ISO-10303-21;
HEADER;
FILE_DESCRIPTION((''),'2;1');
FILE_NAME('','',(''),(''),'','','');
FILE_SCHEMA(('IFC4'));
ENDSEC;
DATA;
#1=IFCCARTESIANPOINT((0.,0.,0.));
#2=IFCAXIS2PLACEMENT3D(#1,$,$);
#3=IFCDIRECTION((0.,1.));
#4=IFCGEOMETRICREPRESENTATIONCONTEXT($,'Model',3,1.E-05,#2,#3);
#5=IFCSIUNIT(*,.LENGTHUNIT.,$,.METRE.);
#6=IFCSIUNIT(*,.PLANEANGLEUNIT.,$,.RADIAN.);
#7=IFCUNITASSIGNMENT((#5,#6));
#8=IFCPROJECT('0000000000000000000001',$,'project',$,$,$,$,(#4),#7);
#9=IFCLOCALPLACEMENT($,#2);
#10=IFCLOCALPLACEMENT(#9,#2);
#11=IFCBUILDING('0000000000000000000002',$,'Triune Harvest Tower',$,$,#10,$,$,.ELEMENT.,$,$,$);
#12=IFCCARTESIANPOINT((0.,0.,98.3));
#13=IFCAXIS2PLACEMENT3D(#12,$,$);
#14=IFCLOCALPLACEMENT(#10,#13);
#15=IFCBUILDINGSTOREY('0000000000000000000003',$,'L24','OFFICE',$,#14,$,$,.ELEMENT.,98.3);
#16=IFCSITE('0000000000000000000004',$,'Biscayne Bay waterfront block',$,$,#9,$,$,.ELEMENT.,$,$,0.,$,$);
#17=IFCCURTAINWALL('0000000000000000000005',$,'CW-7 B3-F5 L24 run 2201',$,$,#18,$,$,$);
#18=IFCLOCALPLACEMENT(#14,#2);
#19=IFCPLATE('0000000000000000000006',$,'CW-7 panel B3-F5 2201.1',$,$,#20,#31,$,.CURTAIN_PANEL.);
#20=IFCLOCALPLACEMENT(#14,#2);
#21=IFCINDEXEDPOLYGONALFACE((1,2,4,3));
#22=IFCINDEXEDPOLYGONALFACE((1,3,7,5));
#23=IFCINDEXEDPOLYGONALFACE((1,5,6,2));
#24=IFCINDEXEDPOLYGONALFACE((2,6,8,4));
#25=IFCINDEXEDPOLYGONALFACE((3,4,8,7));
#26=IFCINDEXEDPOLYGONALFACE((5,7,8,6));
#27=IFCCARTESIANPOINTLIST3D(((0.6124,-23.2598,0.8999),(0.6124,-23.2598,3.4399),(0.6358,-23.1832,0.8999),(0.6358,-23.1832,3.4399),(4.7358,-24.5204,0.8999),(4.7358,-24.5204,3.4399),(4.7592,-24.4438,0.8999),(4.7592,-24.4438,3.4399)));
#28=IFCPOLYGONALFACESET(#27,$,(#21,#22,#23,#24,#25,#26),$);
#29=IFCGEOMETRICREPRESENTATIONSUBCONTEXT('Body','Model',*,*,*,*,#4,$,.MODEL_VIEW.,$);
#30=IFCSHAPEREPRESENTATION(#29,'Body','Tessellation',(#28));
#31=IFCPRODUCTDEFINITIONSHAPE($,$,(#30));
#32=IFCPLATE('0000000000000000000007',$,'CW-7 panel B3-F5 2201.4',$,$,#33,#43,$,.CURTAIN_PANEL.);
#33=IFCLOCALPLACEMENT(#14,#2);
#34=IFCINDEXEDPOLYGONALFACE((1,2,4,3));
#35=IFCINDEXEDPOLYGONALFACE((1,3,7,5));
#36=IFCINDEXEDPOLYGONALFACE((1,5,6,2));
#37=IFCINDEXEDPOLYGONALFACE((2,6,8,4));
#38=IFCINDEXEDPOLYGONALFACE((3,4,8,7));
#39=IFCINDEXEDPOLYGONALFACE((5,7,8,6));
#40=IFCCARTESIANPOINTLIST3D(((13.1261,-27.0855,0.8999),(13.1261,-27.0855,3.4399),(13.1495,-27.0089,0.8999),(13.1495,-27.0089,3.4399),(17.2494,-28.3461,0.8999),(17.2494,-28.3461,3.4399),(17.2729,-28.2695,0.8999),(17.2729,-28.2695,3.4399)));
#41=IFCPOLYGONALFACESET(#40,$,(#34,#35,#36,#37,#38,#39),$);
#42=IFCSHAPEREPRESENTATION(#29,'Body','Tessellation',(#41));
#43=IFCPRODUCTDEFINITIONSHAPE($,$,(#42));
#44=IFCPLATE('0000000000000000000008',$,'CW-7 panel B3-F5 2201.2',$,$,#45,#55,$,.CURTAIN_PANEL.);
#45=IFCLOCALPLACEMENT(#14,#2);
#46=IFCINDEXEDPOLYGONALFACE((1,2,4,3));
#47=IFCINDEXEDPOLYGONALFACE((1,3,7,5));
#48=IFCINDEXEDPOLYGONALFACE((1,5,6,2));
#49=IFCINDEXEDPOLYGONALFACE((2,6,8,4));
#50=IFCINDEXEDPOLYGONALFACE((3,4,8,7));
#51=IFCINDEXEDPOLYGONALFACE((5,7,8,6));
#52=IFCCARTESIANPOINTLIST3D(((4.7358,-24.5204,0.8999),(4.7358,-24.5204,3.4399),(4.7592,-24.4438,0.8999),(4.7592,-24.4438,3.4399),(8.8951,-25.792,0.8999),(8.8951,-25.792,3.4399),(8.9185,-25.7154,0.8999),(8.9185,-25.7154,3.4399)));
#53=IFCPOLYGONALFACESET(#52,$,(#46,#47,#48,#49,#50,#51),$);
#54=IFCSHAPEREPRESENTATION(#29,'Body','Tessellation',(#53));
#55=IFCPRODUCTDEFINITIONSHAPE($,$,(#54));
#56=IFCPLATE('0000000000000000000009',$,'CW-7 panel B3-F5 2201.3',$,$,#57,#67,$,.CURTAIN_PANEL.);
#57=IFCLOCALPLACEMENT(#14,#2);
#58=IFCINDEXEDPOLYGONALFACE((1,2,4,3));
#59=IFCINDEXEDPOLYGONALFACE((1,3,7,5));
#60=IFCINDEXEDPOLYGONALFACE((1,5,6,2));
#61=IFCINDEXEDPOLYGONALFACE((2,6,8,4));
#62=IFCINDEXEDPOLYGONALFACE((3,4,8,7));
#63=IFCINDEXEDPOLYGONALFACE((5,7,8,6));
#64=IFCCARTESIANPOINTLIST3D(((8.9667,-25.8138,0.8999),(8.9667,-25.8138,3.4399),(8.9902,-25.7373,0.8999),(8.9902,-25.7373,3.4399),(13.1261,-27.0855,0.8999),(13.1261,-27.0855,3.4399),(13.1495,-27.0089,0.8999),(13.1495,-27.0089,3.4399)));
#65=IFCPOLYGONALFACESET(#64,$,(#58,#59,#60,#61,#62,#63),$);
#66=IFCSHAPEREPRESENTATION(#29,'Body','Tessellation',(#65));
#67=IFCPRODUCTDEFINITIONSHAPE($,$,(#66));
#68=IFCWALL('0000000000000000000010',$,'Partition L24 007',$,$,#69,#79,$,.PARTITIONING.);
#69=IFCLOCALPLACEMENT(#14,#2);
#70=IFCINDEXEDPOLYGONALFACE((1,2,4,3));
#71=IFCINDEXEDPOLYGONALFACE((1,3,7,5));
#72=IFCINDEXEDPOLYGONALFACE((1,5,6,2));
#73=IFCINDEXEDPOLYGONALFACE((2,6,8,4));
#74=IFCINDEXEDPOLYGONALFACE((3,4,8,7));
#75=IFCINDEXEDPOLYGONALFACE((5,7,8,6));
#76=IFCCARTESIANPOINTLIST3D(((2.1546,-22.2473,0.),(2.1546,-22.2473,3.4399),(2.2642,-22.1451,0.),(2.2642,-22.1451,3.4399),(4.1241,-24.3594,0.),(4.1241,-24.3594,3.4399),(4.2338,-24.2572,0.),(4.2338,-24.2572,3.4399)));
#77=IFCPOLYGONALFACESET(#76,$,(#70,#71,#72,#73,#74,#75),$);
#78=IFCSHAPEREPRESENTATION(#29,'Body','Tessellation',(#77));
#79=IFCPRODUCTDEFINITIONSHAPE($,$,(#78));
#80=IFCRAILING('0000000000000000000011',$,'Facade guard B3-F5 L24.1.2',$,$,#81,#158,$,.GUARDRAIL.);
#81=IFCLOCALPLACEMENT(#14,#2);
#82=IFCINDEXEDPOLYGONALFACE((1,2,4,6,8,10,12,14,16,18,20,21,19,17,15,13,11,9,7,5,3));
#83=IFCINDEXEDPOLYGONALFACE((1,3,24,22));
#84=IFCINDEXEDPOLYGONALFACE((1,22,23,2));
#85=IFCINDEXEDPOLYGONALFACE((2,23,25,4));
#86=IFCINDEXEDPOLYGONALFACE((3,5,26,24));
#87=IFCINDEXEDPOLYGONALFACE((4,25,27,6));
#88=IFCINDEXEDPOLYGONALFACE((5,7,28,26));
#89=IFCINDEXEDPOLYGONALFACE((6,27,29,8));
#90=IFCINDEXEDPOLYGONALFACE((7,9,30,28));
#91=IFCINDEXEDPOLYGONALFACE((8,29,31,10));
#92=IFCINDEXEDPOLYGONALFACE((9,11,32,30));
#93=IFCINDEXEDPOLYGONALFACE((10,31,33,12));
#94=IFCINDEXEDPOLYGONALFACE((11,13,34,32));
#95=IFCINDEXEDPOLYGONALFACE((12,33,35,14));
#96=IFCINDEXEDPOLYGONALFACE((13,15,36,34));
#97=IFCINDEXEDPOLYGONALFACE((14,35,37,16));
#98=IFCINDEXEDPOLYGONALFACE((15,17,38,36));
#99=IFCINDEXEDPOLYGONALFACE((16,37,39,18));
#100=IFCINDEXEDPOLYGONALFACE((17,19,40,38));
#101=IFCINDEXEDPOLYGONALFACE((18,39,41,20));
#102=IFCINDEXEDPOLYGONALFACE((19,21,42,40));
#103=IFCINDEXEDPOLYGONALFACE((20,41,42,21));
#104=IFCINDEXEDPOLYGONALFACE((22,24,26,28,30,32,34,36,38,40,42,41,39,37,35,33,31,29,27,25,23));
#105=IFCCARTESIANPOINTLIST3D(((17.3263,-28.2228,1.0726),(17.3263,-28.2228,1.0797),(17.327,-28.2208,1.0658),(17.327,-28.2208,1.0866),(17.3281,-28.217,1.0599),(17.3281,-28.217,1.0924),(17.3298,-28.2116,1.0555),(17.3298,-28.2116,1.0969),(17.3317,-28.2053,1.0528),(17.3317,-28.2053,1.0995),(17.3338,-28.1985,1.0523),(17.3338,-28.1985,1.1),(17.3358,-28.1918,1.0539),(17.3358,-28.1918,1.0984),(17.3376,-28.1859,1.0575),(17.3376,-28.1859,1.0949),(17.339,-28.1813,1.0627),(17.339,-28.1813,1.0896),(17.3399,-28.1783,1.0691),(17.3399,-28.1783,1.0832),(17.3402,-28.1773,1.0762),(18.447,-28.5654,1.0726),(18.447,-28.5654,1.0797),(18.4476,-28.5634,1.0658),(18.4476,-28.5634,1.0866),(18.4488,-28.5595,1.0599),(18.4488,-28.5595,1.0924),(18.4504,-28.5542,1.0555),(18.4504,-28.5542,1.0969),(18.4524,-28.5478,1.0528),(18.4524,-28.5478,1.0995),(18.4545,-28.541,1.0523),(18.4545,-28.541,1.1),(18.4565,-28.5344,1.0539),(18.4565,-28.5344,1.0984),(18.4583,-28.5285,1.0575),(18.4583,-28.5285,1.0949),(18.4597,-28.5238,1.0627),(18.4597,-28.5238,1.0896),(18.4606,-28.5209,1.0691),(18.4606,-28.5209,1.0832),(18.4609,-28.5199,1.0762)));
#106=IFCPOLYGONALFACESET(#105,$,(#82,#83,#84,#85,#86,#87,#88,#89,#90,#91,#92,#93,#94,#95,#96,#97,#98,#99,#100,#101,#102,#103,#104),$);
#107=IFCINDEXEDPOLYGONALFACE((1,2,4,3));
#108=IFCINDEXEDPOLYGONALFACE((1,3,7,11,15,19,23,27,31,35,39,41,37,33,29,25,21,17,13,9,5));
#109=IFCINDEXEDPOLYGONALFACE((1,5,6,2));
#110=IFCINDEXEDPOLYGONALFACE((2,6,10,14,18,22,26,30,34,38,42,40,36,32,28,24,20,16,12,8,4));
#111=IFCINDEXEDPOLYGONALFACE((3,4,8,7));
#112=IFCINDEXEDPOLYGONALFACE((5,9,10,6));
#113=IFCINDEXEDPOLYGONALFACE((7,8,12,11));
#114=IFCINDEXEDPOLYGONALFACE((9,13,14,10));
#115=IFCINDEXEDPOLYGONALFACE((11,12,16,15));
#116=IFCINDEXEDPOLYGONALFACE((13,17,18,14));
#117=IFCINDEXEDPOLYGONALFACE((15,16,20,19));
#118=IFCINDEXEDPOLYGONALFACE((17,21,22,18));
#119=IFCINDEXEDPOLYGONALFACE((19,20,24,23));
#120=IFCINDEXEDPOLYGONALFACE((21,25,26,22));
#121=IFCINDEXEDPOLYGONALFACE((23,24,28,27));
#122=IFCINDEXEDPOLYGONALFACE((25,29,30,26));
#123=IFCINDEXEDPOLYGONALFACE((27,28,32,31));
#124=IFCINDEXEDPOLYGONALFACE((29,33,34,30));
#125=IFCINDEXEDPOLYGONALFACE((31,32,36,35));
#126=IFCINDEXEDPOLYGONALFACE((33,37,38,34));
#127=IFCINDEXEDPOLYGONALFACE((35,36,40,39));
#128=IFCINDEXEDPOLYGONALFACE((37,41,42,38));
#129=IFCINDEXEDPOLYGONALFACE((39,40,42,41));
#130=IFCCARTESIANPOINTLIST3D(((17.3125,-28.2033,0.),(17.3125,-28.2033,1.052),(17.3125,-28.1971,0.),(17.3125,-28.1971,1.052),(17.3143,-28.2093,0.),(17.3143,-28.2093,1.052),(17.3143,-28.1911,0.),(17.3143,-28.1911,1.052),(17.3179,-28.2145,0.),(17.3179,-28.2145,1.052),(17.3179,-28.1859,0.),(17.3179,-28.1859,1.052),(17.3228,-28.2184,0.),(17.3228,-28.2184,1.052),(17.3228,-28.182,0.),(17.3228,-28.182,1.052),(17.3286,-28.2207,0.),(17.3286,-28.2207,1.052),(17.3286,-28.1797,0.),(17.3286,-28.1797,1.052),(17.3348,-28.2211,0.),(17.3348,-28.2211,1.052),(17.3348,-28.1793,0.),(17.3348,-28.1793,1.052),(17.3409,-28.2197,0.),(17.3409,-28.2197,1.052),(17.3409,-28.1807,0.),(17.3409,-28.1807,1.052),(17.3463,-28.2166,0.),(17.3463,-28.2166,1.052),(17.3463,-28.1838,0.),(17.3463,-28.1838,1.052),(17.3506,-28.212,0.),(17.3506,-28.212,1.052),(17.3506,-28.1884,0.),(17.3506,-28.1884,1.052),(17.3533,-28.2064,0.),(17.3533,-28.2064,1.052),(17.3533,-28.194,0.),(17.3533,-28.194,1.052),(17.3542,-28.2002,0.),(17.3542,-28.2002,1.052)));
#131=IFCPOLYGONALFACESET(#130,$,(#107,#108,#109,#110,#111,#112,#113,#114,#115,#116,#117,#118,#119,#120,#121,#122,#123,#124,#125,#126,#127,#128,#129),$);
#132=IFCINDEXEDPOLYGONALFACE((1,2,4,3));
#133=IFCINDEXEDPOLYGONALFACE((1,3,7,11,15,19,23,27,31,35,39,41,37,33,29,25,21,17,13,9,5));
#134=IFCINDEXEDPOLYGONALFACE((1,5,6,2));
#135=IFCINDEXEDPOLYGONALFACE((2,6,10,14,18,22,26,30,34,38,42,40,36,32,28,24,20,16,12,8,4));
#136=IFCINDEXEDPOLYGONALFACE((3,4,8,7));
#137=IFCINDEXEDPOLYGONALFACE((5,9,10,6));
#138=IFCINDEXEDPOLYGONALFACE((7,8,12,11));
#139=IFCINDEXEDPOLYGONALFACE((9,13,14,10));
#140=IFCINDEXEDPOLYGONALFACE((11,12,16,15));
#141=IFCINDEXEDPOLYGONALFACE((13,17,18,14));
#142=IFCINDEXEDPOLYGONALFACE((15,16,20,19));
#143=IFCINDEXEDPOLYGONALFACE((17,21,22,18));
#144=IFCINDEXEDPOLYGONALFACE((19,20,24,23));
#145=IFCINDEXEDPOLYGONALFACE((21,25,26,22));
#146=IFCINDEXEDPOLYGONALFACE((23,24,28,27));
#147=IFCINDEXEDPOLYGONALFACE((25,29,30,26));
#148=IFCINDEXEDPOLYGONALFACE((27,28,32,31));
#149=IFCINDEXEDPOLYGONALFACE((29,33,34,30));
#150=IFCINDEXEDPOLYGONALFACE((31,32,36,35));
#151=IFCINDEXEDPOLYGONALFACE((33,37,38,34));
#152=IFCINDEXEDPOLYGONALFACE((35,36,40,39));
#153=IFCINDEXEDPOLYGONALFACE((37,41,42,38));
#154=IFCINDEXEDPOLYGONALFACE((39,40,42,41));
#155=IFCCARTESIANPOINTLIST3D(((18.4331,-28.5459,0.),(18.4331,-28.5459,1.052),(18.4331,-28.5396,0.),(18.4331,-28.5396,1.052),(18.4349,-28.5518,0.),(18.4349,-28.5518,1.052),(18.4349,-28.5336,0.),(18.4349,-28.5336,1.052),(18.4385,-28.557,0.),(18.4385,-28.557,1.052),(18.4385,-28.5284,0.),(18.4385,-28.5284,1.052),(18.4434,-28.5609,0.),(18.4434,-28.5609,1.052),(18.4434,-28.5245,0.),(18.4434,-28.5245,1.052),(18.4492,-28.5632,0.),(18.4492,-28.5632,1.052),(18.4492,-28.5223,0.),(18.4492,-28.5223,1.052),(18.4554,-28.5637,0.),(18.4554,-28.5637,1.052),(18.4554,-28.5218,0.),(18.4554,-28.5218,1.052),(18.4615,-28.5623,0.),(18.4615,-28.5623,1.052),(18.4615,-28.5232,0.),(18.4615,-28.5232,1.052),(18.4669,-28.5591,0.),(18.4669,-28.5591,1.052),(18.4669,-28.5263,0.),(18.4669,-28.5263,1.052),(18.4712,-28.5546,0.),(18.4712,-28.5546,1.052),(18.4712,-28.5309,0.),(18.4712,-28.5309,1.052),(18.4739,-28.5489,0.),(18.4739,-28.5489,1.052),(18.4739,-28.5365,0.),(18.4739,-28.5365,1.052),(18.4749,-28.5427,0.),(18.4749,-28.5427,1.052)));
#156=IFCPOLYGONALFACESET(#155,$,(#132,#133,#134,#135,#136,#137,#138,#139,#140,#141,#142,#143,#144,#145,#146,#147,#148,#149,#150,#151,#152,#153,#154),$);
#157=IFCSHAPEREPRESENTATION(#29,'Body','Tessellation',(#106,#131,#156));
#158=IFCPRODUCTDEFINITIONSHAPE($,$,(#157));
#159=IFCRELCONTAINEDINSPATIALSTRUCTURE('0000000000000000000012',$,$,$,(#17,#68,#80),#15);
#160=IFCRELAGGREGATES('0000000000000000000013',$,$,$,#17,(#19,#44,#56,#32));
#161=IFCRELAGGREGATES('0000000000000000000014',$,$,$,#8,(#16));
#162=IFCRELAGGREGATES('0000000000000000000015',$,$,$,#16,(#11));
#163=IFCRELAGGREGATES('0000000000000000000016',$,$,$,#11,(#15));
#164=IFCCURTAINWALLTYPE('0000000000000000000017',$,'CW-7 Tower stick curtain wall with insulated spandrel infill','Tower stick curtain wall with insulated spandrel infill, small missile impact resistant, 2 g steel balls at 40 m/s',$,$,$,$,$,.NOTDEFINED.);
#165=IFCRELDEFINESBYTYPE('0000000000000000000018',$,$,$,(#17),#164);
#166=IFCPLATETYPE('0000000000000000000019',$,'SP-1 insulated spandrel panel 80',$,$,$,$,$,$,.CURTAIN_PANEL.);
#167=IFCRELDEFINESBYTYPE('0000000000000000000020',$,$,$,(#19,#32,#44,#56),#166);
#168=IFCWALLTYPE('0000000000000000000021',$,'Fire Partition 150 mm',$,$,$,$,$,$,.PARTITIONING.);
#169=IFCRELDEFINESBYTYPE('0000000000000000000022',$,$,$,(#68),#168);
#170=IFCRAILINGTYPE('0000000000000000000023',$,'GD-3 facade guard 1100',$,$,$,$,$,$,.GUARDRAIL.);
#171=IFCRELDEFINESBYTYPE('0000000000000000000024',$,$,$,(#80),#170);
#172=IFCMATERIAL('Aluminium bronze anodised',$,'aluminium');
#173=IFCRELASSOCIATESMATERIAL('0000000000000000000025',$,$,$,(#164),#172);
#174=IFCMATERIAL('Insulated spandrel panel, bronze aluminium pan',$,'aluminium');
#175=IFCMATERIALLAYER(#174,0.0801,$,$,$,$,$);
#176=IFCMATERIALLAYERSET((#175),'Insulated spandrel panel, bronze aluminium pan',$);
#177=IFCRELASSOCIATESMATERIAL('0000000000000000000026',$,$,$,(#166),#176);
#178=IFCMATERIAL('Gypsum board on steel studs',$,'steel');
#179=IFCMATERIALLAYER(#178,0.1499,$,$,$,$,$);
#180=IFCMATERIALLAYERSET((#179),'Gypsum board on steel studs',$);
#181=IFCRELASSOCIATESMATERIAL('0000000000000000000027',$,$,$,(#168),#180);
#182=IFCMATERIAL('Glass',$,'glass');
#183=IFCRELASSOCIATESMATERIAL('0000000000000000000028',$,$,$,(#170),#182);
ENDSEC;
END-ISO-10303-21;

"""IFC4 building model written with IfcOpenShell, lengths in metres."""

from ifc_helpers import new_model, si_unit, direction, frame, frame_2d, origin, origin_2d, place, context, subcontext, project, spatial, rectangle, circle, extrude, source, transform, mapped, material, layer, layer_set, type_object, element, aggregate, save


model = new_model("IFC4")

# Units and contexts
model_context = context("Model", 3, precision=1e-05, world=origin(), true_north=direction((0.0, 1.0)))
body_context = subcontext(model_context, "Body", "Model", "MODEL_VIEW")
ifc_project = project(units=[si_unit("LENGTHUNIT", "METRE"), si_unit("PLANEANGLEUNIT", "RADIAN")], contexts=[model_context])

# Site, building, storey
site_placement = place(None, origin())
site = spatial("IfcSite", under=ifc_project, at=site_placement, Name="Biscayne Bay waterfront block", CompositionType="ELEMENT", RefElevation=0.0)
building_placement = place(site_placement, origin())
building = spatial("IfcBuilding", under=site, at=building_placement, Name="Triune Harvest Tower", CompositionType="ELEMENT")
storey_placement = place(building_placement, frame((0.0, 0.0, 98.3)))
storey = spatial("IfcBuildingStorey", under=building, at=storey_placement, Name="L24", Description="OFFICE", CompositionType="ELEMENT", Elevation=98.3)

# Curtain wall
ifc_material_1 = material(Name="Aluminium bronze anodised", Category="aluminium")
curtain_wall_type_1 = type_object("IfcCurtainWallType", Name="CW-7 Tower stick curtain wall with insulated spandrel infill", Description="Tower stick curtain wall with insulated spandrel infill, small missile impact resistant, 2 g steel balls at 40 m/s", PredefinedType="NOTDEFINED", material=ifc_material_1)
curtain_wall_1_placement = place(storey_placement, origin())
curtain_wall_1 = element("IfcCurtainWall", 1, at=curtain_wall_1_placement, inside=storey, type_object=curtain_wall_type_1, Name="CW-7 B3-F5 L24 run 2201")

# Plates
ifc_material_2 = material(Name="Insulated spandrel panel, bronze aluminium pan", Category="aluminium")
ifc_layer_1 = layer(ifc_material_2, 0.0801)
ifc_layer_set_1 = layer_set([ifc_layer_1], Name="Insulated spandrel panel, bronze aluminium pan")
plate_type = type_object("IfcPlateType", Name="SP-1 insulated spandrel panel 80", PredefinedType="CURTAIN_PANEL", material=ifc_layer_set_1)
shared_shape_1 = source(origin(), body_context, "Body", "SweptSolid", [
    extrude(rectangle(XDim=4.3118, YDim=0.0801, at=origin_2d()), origin(), (0.0, 0.0, 1.0), 2.54),
])
plate_1_placement = place(storey_placement, frame((2.6858, -23.8518, 0.8999), z_axis=(0.0, 0.0, 1.0), x_axis=(0.956304, -0.292373, 0.0)))
plate_1 = element("IfcPlate", 2, at=plate_1_placement, type_object=plate_type, Name="CW-7 panel B3-F5 2201.1", PredefinedType="CURTAIN_PANEL", context=body_context, shape_type="MappedRepresentation", body=[
    mapped(shared_shape_1, transform((0.0, 0.0, 0.0), scale=1.0)),
])
plate_2_placement = place(storey_placement, frame((15.1995, -27.6775, 0.8999), z_axis=(0.0, 0.0, 1.0), x_axis=(0.956304, -0.292373, 0.0)))
plate_2 = element("IfcPlate", 3, at=plate_2_placement, type_object=plate_type, Name="CW-7 panel B3-F5 2201.4", PredefinedType="CURTAIN_PANEL", context=body_context, shape_type="MappedRepresentation", body=[
    mapped(shared_shape_1, transform((0.0, 0.0, 0.0), scale=1.0)),
])
shared_shape_2 = source(origin(), body_context, "Body", "SweptSolid", [
    extrude(rectangle(XDim=4.3494, YDim=0.0801, at=origin_2d()), origin(), (0.0, 0.0, 1.0), 2.54),
])
plate_3_placement = place(storey_placement, frame((6.8271, -25.1179, 0.8999), z_axis=(0.0, 0.0, 1.0), x_axis=(0.956304, -0.292373, 0.0)))
plate_3 = element("IfcPlate", 4, at=plate_3_placement, type_object=plate_type, Name="CW-7 panel B3-F5 2201.2", PredefinedType="CURTAIN_PANEL", context=body_context, shape_type="MappedRepresentation", body=[
    mapped(shared_shape_2, transform((0.0, 0.0, 0.0), scale=1.0)),
])
plate_4_placement = place(storey_placement, frame((11.0581, -26.4114, 0.8999), z_axis=(0.0, 0.0, 1.0), x_axis=(0.956304, -0.292373, 0.0)))
plate_4 = element("IfcPlate", 5, at=plate_4_placement, type_object=plate_type, Name="CW-7 panel B3-F5 2201.3", PredefinedType="CURTAIN_PANEL", context=body_context, shape_type="MappedRepresentation", body=[
    mapped(shared_shape_2, transform((0.0, 0.0, 0.0), scale=1.0)),
])
aggregate(curtain_wall_1, [plate_1, plate_3, plate_4, plate_2])

# Wall
ifc_material_3 = material(Name="Gypsum board on steel studs", Category="steel")
ifc_layer_2 = layer(ifc_material_3, 0.1499)
ifc_layer_set_2 = layer_set([ifc_layer_2], Name="Gypsum board on steel studs")
wall_type = type_object("IfcWallType", Name="Fire Partition 150 mm", PredefinedType="PARTITIONING", material=ifc_layer_set_2)
shared_shape_3 = source(origin(), body_context, "Body", "SweptSolid", [
    extrude(rectangle(XDim=2.8879, YDim=0.1499, at=frame_2d((1.4438, 0.0))), origin(), (0.0, 0.0, 1.0), 3.4399),
])
wall_placement = place(storey_placement, frame((2.2095, -22.1963, 0.0), z_axis=(0.0, 0.0, 1.0), x_axis=(0.68199, -0.731362, 0.0)))
element("IfcWall", 6, at=wall_placement, inside=storey, type_object=wall_type, Name="Partition L24 007", PredefinedType="PARTITIONING", context=body_context, shape_type="MappedRepresentation", body=[
    mapped(shared_shape_3, transform((0.0, 0.0, 0.0), scale=1.0)),
])

# Railing
ifc_material_4 = material(Name="Glass", Category="glass")
railing_type = type_object("IfcRailingType", Name="GD-3 facade guard 1100", PredefinedType="GUARDRAIL", material=ifc_material_4)
railing_placement = place(storey_placement, frame((17.3333, -28.2002, 0.0)))
element("IfcRailing", 7, at=railing_placement, inside=storey, type_object=railing_type, Name="Facade guard B3-F5 L24.1.2", PredefinedType="GUARDRAIL", context=body_context, shape_type="SweptSolid", body=[
    extrude(circle(Radius=0.0239, at=origin_2d()), frame((0.0, 0.0, 1.0762), z_axis=(0.956322, -0.292314, 0.0), x_axis=(0.292314, 0.956322, 0.0)), (0.0, 0.0, 1.0), 1.1719),
    extrude(circle(Radius=0.021, at=origin_2d()), origin(), (0.0, 0.0, 1.0), 1.052),
    extrude(circle(Radius=0.021, at=origin_2d()), frame((1.1206, -0.3425, 0.0)), (0.0, 0.0, 1.0), 1.052),
])

save(model, "model.ifc")
